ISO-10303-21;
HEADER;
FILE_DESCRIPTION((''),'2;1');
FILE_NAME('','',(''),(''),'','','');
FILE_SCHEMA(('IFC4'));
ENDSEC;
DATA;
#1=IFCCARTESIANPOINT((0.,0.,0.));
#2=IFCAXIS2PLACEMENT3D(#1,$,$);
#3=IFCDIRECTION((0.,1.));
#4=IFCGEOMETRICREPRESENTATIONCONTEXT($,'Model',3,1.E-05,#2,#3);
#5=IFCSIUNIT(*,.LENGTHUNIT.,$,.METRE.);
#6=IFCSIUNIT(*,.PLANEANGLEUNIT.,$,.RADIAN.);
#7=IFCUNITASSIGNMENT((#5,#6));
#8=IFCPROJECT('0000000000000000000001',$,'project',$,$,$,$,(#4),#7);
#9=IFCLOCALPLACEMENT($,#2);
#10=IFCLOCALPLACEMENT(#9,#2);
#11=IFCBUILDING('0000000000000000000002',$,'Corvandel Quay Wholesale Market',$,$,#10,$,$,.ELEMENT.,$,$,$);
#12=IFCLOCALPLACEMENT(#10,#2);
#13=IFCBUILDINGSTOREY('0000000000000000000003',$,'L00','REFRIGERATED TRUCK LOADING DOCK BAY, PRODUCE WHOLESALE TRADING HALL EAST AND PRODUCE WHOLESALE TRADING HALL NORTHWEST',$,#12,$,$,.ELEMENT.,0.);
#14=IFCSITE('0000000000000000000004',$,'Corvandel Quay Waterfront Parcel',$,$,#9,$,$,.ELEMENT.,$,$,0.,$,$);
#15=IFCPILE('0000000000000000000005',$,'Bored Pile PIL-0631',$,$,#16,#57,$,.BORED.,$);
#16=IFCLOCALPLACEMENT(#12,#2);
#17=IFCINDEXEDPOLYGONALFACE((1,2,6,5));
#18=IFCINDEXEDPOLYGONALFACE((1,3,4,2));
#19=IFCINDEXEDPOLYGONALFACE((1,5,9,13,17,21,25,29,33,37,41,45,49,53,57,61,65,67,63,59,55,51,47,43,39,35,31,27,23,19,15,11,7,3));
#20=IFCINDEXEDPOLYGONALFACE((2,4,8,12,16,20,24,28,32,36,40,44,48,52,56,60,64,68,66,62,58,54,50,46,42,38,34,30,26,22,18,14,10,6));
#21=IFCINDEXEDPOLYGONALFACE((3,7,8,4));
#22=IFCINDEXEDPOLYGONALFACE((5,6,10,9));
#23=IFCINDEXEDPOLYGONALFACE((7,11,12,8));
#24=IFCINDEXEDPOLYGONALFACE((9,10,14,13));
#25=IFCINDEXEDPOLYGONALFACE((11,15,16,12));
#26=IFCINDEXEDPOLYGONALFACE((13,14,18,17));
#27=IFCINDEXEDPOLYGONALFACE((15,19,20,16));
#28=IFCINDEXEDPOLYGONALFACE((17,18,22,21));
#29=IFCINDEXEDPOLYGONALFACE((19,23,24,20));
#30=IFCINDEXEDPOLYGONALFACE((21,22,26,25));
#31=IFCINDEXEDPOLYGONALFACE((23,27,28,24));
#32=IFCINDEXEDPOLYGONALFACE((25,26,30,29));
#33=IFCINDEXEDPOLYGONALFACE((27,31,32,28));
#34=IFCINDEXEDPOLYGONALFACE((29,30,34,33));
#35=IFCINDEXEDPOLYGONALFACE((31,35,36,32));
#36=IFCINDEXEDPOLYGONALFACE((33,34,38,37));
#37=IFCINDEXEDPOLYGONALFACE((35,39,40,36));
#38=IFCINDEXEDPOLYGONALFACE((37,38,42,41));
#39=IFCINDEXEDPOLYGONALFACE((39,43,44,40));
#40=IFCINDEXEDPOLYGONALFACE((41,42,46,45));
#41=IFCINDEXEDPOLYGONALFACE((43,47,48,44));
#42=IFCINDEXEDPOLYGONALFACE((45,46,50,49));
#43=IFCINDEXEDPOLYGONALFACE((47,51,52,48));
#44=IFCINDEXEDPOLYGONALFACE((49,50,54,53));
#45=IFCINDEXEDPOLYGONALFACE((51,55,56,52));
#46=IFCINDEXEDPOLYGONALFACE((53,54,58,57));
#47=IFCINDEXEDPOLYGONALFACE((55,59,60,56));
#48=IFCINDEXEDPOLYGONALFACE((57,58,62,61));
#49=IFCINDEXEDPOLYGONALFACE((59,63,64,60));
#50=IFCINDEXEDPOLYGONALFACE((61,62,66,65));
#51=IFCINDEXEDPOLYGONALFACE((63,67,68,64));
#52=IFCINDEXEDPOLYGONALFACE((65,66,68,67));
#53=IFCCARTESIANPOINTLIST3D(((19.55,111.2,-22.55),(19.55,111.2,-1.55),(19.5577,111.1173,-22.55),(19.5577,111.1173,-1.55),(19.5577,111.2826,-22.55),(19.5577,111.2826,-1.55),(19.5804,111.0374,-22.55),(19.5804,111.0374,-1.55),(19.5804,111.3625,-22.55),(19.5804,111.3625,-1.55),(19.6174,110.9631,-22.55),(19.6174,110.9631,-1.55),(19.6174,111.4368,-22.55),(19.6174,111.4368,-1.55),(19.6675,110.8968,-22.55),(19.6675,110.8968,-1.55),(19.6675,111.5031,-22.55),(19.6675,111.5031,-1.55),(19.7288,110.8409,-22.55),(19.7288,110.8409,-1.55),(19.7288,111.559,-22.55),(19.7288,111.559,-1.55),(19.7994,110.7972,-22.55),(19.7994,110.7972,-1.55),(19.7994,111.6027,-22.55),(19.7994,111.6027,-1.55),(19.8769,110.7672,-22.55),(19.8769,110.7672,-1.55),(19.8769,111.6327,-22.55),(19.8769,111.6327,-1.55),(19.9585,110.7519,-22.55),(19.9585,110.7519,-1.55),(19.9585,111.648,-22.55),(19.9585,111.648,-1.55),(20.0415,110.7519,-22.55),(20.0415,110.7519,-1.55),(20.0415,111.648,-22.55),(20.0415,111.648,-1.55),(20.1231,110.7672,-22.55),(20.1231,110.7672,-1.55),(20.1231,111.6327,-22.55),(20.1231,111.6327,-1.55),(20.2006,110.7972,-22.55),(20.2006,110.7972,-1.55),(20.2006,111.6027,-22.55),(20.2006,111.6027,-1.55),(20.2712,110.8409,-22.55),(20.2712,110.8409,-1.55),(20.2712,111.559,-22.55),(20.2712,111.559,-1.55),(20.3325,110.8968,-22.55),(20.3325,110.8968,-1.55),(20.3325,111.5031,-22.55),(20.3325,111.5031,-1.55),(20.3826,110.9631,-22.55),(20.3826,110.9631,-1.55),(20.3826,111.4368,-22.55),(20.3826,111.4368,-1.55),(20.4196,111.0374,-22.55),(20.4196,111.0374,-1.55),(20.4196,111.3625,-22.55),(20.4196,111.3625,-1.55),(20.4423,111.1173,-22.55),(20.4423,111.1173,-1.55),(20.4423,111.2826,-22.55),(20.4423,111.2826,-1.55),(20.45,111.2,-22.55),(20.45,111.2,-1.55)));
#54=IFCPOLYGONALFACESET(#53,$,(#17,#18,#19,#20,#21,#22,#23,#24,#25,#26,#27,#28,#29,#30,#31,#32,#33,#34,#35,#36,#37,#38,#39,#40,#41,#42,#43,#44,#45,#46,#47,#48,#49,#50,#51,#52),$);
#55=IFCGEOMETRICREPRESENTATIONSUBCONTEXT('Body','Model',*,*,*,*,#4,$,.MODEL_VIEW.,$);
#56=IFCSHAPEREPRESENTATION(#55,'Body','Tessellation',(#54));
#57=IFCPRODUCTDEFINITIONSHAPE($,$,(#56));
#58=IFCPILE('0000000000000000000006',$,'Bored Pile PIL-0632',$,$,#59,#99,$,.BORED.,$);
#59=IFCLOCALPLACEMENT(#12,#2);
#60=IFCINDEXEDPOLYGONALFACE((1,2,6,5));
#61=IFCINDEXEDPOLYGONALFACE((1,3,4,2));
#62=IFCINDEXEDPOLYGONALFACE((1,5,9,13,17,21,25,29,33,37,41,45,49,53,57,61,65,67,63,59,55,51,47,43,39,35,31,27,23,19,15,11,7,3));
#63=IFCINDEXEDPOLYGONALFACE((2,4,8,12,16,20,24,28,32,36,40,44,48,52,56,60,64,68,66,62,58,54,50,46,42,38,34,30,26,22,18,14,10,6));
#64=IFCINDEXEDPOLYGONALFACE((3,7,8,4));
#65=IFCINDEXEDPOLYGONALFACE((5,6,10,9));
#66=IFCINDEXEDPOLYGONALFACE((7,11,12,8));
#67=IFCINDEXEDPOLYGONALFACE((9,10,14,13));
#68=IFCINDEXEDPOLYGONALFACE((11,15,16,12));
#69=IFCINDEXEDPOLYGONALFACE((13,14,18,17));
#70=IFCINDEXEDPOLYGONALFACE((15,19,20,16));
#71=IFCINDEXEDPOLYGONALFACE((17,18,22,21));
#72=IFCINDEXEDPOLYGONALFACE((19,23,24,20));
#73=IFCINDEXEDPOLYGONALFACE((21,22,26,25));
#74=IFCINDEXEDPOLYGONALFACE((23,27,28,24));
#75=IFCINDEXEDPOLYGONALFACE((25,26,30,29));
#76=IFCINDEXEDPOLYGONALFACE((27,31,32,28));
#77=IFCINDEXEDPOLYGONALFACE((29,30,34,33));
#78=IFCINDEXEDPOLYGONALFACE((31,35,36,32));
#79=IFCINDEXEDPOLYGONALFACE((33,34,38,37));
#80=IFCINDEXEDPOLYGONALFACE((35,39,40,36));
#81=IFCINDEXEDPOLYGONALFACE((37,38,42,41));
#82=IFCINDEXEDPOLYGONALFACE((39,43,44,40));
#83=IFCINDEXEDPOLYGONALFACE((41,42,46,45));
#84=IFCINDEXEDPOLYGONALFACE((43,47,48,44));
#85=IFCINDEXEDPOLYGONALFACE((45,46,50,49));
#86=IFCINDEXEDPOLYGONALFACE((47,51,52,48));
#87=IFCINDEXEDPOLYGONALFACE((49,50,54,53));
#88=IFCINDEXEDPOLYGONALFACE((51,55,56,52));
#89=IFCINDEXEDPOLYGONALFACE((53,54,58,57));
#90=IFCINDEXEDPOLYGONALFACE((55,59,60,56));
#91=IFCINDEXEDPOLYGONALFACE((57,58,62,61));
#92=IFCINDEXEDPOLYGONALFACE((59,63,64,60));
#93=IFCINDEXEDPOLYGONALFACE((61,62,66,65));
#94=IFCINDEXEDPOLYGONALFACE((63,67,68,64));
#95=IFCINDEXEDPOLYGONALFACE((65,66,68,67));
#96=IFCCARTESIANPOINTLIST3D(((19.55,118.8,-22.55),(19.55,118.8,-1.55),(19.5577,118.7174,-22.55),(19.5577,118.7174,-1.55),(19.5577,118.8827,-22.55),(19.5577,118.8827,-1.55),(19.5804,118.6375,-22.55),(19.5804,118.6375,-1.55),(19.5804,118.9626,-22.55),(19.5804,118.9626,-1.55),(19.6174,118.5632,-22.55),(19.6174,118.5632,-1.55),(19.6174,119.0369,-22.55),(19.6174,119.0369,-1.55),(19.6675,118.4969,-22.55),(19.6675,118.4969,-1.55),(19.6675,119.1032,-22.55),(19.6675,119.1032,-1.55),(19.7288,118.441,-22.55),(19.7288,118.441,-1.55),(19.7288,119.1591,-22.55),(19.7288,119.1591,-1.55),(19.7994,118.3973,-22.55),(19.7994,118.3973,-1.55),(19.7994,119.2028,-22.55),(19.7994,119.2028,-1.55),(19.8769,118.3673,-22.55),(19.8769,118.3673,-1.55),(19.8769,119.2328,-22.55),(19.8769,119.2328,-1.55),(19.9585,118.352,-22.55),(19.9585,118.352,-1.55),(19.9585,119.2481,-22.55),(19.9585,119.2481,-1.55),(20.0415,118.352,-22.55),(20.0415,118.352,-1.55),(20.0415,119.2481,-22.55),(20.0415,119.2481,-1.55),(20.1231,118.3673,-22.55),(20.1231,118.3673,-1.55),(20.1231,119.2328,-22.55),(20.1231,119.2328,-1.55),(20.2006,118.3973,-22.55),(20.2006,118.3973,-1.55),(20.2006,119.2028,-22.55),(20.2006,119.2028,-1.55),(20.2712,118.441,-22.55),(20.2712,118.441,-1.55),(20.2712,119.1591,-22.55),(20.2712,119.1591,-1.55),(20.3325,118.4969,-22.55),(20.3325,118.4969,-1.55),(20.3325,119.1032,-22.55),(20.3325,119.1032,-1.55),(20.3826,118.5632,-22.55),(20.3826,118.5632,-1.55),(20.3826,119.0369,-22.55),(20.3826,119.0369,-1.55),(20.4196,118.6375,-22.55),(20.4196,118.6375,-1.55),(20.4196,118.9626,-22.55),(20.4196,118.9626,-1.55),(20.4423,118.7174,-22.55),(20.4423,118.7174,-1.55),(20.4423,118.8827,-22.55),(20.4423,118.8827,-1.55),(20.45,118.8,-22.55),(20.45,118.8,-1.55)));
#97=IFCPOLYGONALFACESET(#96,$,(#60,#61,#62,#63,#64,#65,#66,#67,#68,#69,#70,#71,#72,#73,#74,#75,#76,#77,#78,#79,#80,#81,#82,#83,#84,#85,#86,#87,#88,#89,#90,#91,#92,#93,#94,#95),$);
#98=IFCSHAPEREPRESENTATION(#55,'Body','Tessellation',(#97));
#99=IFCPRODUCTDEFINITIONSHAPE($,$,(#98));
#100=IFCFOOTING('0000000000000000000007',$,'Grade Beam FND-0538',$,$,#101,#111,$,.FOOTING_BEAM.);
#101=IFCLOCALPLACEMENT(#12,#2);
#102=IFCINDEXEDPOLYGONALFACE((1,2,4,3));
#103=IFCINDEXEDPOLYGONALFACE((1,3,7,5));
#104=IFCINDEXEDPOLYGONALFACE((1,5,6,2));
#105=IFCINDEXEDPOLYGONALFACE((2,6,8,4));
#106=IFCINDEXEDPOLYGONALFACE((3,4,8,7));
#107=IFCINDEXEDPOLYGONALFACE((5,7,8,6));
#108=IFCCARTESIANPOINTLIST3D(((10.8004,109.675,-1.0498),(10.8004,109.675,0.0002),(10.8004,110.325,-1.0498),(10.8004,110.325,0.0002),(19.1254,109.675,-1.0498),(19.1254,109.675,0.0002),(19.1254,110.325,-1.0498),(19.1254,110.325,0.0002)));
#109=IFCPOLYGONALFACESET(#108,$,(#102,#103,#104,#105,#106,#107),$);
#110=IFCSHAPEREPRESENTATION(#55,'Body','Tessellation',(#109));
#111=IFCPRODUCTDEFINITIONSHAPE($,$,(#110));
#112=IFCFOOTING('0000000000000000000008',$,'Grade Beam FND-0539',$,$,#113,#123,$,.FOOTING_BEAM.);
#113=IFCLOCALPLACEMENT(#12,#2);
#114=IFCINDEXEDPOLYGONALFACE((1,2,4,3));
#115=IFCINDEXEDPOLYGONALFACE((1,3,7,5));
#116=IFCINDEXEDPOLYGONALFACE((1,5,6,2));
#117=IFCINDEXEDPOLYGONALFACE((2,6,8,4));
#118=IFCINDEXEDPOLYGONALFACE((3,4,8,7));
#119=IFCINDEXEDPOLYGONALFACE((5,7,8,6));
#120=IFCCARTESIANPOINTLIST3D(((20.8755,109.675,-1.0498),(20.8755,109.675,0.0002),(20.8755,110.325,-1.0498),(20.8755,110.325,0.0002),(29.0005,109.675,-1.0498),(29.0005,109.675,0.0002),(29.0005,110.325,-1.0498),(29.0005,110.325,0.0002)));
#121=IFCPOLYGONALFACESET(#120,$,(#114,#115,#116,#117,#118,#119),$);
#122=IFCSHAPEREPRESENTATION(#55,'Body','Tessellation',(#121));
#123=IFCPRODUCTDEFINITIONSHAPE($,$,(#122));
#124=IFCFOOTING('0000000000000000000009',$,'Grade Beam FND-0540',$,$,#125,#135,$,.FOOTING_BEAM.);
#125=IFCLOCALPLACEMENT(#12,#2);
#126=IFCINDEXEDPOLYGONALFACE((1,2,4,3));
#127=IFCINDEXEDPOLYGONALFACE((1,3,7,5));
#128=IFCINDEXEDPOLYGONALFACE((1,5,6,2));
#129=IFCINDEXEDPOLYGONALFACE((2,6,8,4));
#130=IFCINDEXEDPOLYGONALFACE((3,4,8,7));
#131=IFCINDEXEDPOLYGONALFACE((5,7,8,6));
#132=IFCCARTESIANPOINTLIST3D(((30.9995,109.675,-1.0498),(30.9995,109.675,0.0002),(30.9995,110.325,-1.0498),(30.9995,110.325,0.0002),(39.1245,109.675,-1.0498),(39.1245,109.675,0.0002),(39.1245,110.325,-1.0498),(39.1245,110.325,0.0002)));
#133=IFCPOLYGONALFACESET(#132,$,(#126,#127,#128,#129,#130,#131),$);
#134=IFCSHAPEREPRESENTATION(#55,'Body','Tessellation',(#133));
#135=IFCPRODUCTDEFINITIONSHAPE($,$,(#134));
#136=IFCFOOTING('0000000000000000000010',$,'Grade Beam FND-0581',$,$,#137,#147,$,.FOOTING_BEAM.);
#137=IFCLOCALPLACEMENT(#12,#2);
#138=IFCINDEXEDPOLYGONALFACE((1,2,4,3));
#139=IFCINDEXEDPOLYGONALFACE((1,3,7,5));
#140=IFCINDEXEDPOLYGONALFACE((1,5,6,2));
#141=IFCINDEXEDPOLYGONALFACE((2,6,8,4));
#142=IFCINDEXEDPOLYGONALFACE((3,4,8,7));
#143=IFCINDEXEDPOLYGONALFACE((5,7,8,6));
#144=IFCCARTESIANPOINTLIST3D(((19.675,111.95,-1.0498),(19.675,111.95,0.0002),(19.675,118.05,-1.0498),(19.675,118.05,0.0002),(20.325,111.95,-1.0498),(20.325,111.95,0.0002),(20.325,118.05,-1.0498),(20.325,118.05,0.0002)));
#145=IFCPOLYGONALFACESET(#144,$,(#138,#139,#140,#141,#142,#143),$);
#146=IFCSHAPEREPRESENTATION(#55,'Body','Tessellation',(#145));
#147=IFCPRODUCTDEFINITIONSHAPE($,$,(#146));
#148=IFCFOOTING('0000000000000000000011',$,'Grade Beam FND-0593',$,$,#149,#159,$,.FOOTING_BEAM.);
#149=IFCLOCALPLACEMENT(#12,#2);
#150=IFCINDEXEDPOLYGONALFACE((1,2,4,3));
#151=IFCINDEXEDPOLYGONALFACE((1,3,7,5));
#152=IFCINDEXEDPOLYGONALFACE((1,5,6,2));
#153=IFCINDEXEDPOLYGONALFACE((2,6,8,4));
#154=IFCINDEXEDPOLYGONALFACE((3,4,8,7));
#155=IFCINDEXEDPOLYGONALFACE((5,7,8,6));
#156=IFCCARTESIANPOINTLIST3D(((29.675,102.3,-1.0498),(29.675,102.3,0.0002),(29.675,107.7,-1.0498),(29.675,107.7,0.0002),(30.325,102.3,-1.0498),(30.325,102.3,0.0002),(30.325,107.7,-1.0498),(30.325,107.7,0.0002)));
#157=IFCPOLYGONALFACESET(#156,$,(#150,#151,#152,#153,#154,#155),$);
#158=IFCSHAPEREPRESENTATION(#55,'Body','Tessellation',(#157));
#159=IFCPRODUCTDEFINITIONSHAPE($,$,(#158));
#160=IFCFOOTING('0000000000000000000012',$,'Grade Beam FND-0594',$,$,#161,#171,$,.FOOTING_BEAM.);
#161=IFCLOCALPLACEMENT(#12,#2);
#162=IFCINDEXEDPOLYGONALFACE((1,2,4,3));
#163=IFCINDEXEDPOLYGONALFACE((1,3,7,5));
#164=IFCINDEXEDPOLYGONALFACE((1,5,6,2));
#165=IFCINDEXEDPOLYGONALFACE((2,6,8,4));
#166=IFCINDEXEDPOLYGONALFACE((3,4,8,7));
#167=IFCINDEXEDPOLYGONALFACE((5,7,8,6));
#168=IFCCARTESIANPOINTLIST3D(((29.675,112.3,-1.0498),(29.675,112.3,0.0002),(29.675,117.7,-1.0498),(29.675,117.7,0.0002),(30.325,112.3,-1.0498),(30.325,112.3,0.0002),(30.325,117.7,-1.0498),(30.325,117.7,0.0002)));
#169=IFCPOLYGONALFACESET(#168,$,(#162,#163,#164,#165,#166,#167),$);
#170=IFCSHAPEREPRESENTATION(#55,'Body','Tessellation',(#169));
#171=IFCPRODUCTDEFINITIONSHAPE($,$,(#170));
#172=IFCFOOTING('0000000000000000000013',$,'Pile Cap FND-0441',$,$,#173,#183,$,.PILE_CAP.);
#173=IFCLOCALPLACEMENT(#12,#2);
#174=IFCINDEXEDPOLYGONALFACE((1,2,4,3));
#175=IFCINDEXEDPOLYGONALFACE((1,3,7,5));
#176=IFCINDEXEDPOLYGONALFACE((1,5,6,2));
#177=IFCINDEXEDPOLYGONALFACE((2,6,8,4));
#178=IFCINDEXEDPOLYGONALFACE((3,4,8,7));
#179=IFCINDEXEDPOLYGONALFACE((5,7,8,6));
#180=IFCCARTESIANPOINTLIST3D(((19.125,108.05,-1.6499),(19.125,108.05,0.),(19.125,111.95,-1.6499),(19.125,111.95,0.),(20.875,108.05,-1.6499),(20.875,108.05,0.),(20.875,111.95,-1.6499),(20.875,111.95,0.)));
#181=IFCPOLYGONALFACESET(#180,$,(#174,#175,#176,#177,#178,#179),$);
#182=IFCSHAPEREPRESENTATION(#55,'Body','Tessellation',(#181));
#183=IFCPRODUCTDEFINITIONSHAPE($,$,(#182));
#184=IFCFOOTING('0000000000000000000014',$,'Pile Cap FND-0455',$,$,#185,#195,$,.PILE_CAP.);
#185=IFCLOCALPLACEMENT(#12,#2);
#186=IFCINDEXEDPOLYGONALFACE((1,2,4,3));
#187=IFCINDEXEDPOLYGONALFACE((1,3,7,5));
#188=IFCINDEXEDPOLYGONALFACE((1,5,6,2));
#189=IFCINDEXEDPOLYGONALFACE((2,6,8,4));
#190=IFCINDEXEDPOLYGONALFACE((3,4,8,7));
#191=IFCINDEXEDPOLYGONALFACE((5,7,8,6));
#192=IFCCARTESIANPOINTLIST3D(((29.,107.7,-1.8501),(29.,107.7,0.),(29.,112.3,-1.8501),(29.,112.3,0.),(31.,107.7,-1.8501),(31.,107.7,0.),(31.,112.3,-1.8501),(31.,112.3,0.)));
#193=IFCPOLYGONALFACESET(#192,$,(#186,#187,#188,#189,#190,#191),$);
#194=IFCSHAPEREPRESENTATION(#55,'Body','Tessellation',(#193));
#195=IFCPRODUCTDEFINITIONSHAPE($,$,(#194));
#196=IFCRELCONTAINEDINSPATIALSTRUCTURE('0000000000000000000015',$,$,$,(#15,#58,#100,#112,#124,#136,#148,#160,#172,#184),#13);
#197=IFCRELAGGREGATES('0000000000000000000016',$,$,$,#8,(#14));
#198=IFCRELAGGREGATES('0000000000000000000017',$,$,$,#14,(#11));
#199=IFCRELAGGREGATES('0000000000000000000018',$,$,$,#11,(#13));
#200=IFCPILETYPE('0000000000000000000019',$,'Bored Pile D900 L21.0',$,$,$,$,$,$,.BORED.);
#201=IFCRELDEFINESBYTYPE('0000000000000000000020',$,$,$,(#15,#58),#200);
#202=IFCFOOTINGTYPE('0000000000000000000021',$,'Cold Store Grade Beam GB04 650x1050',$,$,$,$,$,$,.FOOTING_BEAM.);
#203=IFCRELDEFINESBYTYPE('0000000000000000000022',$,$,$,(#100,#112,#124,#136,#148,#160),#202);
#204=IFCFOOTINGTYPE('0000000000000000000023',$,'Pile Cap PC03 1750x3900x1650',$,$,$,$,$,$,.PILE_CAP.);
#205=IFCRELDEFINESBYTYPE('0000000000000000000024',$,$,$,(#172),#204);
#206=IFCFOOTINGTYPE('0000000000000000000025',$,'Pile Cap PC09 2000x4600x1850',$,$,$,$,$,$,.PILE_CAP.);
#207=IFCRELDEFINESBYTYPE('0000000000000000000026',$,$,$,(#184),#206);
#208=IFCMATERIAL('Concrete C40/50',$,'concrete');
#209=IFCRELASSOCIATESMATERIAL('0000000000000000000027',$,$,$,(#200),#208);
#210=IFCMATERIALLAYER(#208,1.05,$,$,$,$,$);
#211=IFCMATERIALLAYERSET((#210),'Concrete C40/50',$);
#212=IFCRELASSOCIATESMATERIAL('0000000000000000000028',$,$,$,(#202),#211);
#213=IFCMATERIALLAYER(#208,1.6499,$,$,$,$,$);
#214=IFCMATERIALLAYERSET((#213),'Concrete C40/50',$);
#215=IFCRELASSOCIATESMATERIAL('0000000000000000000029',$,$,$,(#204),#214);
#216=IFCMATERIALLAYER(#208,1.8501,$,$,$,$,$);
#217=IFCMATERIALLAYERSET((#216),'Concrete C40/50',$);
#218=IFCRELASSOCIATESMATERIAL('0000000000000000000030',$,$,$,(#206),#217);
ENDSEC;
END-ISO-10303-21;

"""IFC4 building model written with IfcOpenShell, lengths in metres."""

from ifc_helpers import new_model, si_unit, direction, frame, origin, origin_2d, place, context, subcontext, project, spatial, rectangle, circle, extrude, material, layer, layer_set, material_profile, profile_set, type_object, element, save


model = new_model("IFC4")

# Units and contexts
model_context = context("Model", 3, precision=1e-05, world=origin(), true_north=direction((0.0, 1.0)))
body_context = subcontext(model_context, "Body", "Model", "MODEL_VIEW")
ifc_project = project(units=[si_unit("LENGTHUNIT", "METRE"), si_unit("PLANEANGLEUNIT", "RADIAN")], contexts=[model_context])

# Site, building, storey
site_placement = place(None, origin())
site = spatial("IfcSite", under=ifc_project, at=site_placement, Name="Corvandel Quay Waterfront Parcel", CompositionType="ELEMENT", RefElevation=0.0)
building_placement = place(site_placement, origin())
building = spatial("IfcBuilding", under=site, at=building_placement, Name="Corvandel Quay Wholesale Market", CompositionType="ELEMENT")
storey_placement = place(building_placement, origin())
storey = spatial("IfcBuildingStorey", under=building, at=storey_placement, Name="L00", Description="REFRIGERATED TRUCK LOADING DOCK BAY, PRODUCE WHOLESALE TRADING HALL EAST AND PRODUCE WHOLESALE TRADING HALL NORTHWEST", CompositionType="ELEMENT", Elevation=0.0)

# Piles
ifc_material_1 = material(Name="Concrete C40/50", Category="concrete")
ifc_material_profile_1 = material_profile(ifc_material_1, circle(Radius=0.45, at=origin_2d()), Name="RC-PILE-D900")
ifc_profile_set_1 = profile_set([ifc_material_profile_1], Name="Concrete C40/50")
pile_type_1 = type_object("IfcPileType", Name="Bored Pile D900 L21.0", PredefinedType="BORED", material=ifc_profile_set_1)
for number, where, z_axis, x_axis, name in (
    (1, (20.0, 111.2, -1.55), (0.0, 0.0, -1.0), (1.0, 0.0, 0.0), "Bored Pile PIL-0631"),
    (2, (20.0, 118.8, -1.55), (0.0, 0.0, -1.0), (1.0, 0.0, 0.0), "Bored Pile PIL-0632"),
):
    element("IfcPile", number, at=place(storey_placement, frame(where, z_axis=z_axis, x_axis=x_axis)), inside=storey, type_object=pile_type_1, Name=name, PredefinedType="BORED", context=body_context, shape_type="SweptSolid", body=[
        extrude(circle(Radius=0.45, at=origin_2d()), origin(), (0.0, 0.0, 1.0), 21.0),
    ])

# Footings
ifc_layer_1 = layer(ifc_material_1, 1.05)
ifc_layer_set_1 = layer_set([ifc_layer_1], Name="Concrete C40/50")
footing_type_1 = type_object("IfcFootingType", Name="Cold Store Grade Beam GB04 650x1050", PredefinedType="FOOTING_BEAM", material=ifc_layer_set_1)
footing_1_placement = place(storey_placement, frame((14.9629, 110.0, -1.0498), z_axis=(0.0, 0.0, 1.0), x_axis=(1.0, 0.0, 0.0)))
element("IfcFooting", 3, at=footing_1_placement, inside=storey, type_object=footing_type_1, Name="Grade Beam FND-0538", PredefinedType="FOOTING_BEAM", context=body_context, shape_type="SweptSolid", body=[
    extrude(rectangle(XDim=8.325, YDim=0.6499, at=origin_2d()), origin(), (0.0, 0.0, 1.0), 1.05),
])
for number, where, z_axis, x_axis, name in (
    (4, (24.938, 110.0, -1.0498), (0.0, 0.0, 1.0), (1.0, 0.0, 0.0), "Grade Beam FND-0539"),
    (5, (35.062, 110.0, -1.0498), (0.0, 0.0, 1.0), (1.0, 0.0, 0.0), "Grade Beam FND-0540"),
):
    element("IfcFooting", number, at=place(storey_placement, frame(where, z_axis=z_axis, x_axis=x_axis)), inside=storey, type_object=footing_type_1, Name=name, PredefinedType="FOOTING_BEAM", context=body_context, shape_type="SweptSolid", body=[
        extrude(rectangle(XDim=8.125, YDim=0.6499, at=origin_2d()), origin(), (0.0, 0.0, 1.0), 1.05),
    ])
footing_2_placement = place(storey_placement, frame((20.0, 115.0, -1.0498), z_axis=(0.0, 0.0, 1.0), x_axis=(0.0, 1.0, 0.0)))
element("IfcFooting", 6, at=footing_2_placement, inside=storey, type_object=footing_type_1, Name="Grade Beam FND-0581", PredefinedType="FOOTING_BEAM", context=body_context, shape_type="SweptSolid", body=[
    extrude(rectangle(XDim=6.1001, YDim=0.6499, at=origin_2d()), origin(), (0.0, 0.0, 1.0), 1.05),
])
for number, where, z_axis, x_axis, name in (
    (7, (30.0, 105.0, -1.0498), (0.0, 0.0, 1.0), (0.0, 1.0, 0.0), "Grade Beam FND-0593"),
    (8, (30.0, 115.0, -1.0498), (0.0, 0.0, 1.0), (0.0, 1.0, 0.0), "Grade Beam FND-0594"),
):
    element("IfcFooting", number, at=place(storey_placement, frame(where, z_axis=z_axis, x_axis=x_axis)), inside=storey, type_object=footing_type_1, Name=name, PredefinedType="FOOTING_BEAM", context=body_context, shape_type="SweptSolid", body=[
        extrude(rectangle(XDim=5.3999, YDim=0.6499, at=origin_2d()), origin(), (0.0, 0.0, 1.0), 1.05),
    ])
ifc_layer_2 = layer(ifc_material_1, 1.6499)
ifc_layer_set_2 = layer_set([ifc_layer_2], Name="Concrete C40/50")
footing_type_2 = type_object("IfcFootingType", Name="Pile Cap PC03 1750x3900x1650", PredefinedType="PILE_CAP", material=ifc_layer_set_2)
footing_3_placement = place(storey_placement, frame((20.0, 110.0, -1.6499), z_axis=(0.0, 0.0, 1.0), x_axis=(1.0, 0.0, 0.0)))
element("IfcFooting", 9, at=footing_3_placement, inside=storey, type_object=footing_type_2, Name="Pile Cap FND-0441", PredefinedType="PILE_CAP", context=body_context, shape_type="SweptSolid", body=[
    extrude(rectangle(XDim=1.75, YDim=3.8999, at=origin_2d()), origin(), (0.0, 0.0, 1.0), 1.6499),
])
ifc_layer_3 = layer(ifc_material_1, 1.8501)
ifc_layer_set_3 = layer_set([ifc_layer_3], Name="Concrete C40/50")
footing_type_3 = type_object("IfcFootingType", Name="Pile Cap PC09 2000x4600x1850", PredefinedType="PILE_CAP", material=ifc_layer_set_3)
footing_4_placement = place(storey_placement, frame((30.0, 110.0, -1.8501), z_axis=(0.0, 0.0, 1.0), x_axis=(1.0, 0.0, 0.0)))
element("IfcFooting", 10, at=footing_4_placement, inside=storey, type_object=footing_type_3, Name="Pile Cap FND-0455", PredefinedType="PILE_CAP", context=body_context, shape_type="SweptSolid", body=[
    extrude(rectangle(XDim=2.0, YDim=4.6001, at=origin_2d()), origin(), (0.0, 0.0, 1.0), 1.8501),
])

save(model, "model.ifc")
